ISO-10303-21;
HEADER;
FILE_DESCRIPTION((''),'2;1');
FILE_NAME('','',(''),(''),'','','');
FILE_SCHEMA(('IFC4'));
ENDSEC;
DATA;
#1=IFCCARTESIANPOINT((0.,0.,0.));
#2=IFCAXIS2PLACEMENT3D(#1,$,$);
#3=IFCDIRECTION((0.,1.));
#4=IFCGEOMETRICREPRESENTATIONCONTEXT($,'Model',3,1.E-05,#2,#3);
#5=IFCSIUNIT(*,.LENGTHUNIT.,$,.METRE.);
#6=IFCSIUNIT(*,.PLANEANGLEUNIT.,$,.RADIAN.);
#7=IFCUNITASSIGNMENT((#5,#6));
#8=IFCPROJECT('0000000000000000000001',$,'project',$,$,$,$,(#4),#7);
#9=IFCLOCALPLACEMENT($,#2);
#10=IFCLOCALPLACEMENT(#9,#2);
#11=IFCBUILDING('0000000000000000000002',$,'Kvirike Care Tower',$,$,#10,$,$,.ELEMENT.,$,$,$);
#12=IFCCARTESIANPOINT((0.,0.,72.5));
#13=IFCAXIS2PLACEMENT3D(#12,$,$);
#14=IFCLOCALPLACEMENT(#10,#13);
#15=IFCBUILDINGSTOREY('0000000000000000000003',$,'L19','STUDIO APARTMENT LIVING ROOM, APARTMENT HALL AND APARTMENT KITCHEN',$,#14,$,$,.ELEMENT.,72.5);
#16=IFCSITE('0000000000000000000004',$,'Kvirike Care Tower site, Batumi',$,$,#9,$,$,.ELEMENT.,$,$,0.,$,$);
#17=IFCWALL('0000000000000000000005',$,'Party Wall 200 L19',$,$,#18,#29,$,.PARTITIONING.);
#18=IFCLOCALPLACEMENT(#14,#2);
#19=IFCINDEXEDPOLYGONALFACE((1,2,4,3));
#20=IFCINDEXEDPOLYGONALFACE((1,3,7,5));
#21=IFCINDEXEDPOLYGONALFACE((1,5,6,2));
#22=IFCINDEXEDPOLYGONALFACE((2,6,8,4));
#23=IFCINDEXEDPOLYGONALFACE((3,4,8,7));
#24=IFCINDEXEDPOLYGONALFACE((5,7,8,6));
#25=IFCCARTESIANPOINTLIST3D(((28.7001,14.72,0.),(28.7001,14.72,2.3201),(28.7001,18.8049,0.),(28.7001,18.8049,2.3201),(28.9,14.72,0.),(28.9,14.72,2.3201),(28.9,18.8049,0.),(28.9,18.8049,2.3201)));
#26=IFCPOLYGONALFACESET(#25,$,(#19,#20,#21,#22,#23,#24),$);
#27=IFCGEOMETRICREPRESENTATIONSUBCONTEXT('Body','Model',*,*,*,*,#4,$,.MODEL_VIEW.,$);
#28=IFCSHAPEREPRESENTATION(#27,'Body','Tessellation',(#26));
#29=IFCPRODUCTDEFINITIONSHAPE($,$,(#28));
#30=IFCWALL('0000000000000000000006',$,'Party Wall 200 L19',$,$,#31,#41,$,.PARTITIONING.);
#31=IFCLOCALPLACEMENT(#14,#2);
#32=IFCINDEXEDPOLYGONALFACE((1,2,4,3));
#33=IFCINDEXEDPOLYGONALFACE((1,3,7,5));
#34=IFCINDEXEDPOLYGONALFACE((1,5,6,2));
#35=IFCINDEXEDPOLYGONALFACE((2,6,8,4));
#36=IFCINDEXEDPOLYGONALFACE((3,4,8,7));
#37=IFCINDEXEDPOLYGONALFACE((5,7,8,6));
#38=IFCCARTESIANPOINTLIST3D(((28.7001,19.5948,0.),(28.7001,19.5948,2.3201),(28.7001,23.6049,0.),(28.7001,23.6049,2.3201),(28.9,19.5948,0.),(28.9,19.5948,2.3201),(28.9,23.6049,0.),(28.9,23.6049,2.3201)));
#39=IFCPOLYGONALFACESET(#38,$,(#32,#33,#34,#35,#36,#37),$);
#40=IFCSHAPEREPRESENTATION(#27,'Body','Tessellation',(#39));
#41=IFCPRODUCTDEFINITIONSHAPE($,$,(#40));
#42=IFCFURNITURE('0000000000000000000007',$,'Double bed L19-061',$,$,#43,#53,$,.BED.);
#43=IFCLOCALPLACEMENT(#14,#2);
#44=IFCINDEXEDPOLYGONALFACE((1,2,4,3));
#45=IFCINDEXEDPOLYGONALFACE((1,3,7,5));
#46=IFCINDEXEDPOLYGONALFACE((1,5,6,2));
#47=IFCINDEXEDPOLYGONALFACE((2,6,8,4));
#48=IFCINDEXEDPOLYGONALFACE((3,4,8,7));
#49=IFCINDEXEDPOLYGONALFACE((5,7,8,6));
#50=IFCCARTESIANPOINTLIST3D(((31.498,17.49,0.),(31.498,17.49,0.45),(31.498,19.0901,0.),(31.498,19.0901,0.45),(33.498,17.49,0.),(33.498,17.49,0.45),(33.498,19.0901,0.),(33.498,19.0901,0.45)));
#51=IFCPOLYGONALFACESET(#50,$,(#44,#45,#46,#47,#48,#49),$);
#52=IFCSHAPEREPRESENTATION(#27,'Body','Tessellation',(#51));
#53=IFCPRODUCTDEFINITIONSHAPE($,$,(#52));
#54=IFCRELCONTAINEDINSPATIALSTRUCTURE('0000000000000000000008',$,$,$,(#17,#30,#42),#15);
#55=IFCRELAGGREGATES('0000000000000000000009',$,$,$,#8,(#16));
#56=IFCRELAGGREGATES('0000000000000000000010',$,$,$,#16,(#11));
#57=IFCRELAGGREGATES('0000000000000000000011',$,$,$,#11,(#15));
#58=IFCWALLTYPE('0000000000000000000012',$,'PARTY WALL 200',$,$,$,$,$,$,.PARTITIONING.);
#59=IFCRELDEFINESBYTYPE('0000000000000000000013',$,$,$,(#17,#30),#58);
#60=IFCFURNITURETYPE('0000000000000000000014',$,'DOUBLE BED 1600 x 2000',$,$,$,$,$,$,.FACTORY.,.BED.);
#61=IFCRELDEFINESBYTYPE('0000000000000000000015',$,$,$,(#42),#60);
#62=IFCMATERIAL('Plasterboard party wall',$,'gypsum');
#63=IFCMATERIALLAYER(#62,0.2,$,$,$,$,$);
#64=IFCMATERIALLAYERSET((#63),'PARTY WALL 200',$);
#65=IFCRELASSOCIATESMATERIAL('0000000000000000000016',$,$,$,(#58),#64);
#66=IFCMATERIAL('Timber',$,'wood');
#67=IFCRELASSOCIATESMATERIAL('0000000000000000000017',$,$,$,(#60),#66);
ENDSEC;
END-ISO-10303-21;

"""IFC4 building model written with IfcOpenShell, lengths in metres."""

from ifc_helpers import new_model, si_unit, direction, frame, frame_2d, origin, origin_2d, place, context, subcontext, project, spatial, rectangle, extrude, material, layer, layer_set, type_object, element, save


model = new_model("IFC4")

# Units and contexts
model_context = context("Model", 3, precision=1e-05, world=origin(), true_north=direction((0.0, 1.0)))
body_context = subcontext(model_context, "Body", "Model", "MODEL_VIEW")
ifc_project = project(units=[si_unit("LENGTHUNIT", "METRE"), si_unit("PLANEANGLEUNIT", "RADIAN")], contexts=[model_context])

# Site, building, storey
site_placement = place(None, origin())
site = spatial("IfcSite", under=ifc_project, at=site_placement, Name="Kvirike Care Tower site, Batumi", CompositionType="ELEMENT", RefElevation=0.0)
building_placement = place(site_placement, origin())
building = spatial("IfcBuilding", under=site, at=building_placement, Name="Kvirike Care Tower", CompositionType="ELEMENT")
storey_placement = place(building_placement, frame((0.0, 0.0, 72.5)))
storey = spatial("IfcBuildingStorey", under=building, at=storey_placement, Name="L19", Description="STUDIO APARTMENT LIVING ROOM, APARTMENT HALL AND APARTMENT KITCHEN", CompositionType="ELEMENT", Elevation=72.5)

# Walls
ifc_material_1 = material(Name="Plasterboard party wall", Category="gypsum")
ifc_layer_1 = layer(ifc_material_1, 0.2)
ifc_layer_set_1 = layer_set([ifc_layer_1], Name="PARTY WALL 200")
wall_type = type_object("IfcWallType", Name="PARTY WALL 200", PredefinedType="PARTITIONING", material=ifc_layer_set_1)
wall_1_placement = place(storey_placement, frame((28.8, 14.72, 0.0), z_axis=(0.0, 0.0, 1.0), x_axis=(0.0, 1.0, 0.0)))
element("IfcWall", 1, at=wall_1_placement, inside=storey, type_object=wall_type, Name="Party Wall 200 L19", PredefinedType="PARTITIONING", context=body_context, shape_type="SweptSolid", body=[
    extrude(rectangle(XDim=4.085, YDim=0.2, at=frame_2d((2.0425, 0.0))), origin(), (0.0, 0.0, 1.0), 2.3201),
])
wall_2_placement = place(storey_placement, frame((28.8, 19.595, 0.0), z_axis=(0.0, 0.0, 1.0), x_axis=(0.0, 1.0, 0.0)))
element("IfcWall", 2, at=wall_2_placement, inside=storey, type_object=wall_type, Name="Party Wall 200 L19", PredefinedType="PARTITIONING", context=body_context, shape_type="SweptSolid", body=[
    extrude(rectangle(XDim=4.01, YDim=0.2, at=frame_2d((2.0049, 0.0))), origin(), (0.0, 0.0, 1.0), 2.3201),
])

# Furniture
ifc_material_2 = material(Name="Timber", Category="wood")
furniture_type = type_object("IfcFurnitureType", Name="DOUBLE BED 1600 x 2000", AssemblyPlace="FACTORY", PredefinedType="BED", material=ifc_material_2)
furniture_placement = place(storey_placement, frame((32.498, 18.29, 0.0), z_axis=(0.0, 0.0, 1.0), x_axis=(0.0, -1.0, 0.0)))
element("IfcFurniture", 3, at=furniture_placement, inside=storey, type_object=furniture_type, Name="Double bed L19-061", PredefinedType="BED", context=body_context, shape_type="SweptSolid", body=[
    extrude(rectangle(XDim=1.6001, YDim=2.0, at=origin_2d()), origin(), (0.0, 0.0, 1.0), 0.45),
])

save(model, "model.ifc")
